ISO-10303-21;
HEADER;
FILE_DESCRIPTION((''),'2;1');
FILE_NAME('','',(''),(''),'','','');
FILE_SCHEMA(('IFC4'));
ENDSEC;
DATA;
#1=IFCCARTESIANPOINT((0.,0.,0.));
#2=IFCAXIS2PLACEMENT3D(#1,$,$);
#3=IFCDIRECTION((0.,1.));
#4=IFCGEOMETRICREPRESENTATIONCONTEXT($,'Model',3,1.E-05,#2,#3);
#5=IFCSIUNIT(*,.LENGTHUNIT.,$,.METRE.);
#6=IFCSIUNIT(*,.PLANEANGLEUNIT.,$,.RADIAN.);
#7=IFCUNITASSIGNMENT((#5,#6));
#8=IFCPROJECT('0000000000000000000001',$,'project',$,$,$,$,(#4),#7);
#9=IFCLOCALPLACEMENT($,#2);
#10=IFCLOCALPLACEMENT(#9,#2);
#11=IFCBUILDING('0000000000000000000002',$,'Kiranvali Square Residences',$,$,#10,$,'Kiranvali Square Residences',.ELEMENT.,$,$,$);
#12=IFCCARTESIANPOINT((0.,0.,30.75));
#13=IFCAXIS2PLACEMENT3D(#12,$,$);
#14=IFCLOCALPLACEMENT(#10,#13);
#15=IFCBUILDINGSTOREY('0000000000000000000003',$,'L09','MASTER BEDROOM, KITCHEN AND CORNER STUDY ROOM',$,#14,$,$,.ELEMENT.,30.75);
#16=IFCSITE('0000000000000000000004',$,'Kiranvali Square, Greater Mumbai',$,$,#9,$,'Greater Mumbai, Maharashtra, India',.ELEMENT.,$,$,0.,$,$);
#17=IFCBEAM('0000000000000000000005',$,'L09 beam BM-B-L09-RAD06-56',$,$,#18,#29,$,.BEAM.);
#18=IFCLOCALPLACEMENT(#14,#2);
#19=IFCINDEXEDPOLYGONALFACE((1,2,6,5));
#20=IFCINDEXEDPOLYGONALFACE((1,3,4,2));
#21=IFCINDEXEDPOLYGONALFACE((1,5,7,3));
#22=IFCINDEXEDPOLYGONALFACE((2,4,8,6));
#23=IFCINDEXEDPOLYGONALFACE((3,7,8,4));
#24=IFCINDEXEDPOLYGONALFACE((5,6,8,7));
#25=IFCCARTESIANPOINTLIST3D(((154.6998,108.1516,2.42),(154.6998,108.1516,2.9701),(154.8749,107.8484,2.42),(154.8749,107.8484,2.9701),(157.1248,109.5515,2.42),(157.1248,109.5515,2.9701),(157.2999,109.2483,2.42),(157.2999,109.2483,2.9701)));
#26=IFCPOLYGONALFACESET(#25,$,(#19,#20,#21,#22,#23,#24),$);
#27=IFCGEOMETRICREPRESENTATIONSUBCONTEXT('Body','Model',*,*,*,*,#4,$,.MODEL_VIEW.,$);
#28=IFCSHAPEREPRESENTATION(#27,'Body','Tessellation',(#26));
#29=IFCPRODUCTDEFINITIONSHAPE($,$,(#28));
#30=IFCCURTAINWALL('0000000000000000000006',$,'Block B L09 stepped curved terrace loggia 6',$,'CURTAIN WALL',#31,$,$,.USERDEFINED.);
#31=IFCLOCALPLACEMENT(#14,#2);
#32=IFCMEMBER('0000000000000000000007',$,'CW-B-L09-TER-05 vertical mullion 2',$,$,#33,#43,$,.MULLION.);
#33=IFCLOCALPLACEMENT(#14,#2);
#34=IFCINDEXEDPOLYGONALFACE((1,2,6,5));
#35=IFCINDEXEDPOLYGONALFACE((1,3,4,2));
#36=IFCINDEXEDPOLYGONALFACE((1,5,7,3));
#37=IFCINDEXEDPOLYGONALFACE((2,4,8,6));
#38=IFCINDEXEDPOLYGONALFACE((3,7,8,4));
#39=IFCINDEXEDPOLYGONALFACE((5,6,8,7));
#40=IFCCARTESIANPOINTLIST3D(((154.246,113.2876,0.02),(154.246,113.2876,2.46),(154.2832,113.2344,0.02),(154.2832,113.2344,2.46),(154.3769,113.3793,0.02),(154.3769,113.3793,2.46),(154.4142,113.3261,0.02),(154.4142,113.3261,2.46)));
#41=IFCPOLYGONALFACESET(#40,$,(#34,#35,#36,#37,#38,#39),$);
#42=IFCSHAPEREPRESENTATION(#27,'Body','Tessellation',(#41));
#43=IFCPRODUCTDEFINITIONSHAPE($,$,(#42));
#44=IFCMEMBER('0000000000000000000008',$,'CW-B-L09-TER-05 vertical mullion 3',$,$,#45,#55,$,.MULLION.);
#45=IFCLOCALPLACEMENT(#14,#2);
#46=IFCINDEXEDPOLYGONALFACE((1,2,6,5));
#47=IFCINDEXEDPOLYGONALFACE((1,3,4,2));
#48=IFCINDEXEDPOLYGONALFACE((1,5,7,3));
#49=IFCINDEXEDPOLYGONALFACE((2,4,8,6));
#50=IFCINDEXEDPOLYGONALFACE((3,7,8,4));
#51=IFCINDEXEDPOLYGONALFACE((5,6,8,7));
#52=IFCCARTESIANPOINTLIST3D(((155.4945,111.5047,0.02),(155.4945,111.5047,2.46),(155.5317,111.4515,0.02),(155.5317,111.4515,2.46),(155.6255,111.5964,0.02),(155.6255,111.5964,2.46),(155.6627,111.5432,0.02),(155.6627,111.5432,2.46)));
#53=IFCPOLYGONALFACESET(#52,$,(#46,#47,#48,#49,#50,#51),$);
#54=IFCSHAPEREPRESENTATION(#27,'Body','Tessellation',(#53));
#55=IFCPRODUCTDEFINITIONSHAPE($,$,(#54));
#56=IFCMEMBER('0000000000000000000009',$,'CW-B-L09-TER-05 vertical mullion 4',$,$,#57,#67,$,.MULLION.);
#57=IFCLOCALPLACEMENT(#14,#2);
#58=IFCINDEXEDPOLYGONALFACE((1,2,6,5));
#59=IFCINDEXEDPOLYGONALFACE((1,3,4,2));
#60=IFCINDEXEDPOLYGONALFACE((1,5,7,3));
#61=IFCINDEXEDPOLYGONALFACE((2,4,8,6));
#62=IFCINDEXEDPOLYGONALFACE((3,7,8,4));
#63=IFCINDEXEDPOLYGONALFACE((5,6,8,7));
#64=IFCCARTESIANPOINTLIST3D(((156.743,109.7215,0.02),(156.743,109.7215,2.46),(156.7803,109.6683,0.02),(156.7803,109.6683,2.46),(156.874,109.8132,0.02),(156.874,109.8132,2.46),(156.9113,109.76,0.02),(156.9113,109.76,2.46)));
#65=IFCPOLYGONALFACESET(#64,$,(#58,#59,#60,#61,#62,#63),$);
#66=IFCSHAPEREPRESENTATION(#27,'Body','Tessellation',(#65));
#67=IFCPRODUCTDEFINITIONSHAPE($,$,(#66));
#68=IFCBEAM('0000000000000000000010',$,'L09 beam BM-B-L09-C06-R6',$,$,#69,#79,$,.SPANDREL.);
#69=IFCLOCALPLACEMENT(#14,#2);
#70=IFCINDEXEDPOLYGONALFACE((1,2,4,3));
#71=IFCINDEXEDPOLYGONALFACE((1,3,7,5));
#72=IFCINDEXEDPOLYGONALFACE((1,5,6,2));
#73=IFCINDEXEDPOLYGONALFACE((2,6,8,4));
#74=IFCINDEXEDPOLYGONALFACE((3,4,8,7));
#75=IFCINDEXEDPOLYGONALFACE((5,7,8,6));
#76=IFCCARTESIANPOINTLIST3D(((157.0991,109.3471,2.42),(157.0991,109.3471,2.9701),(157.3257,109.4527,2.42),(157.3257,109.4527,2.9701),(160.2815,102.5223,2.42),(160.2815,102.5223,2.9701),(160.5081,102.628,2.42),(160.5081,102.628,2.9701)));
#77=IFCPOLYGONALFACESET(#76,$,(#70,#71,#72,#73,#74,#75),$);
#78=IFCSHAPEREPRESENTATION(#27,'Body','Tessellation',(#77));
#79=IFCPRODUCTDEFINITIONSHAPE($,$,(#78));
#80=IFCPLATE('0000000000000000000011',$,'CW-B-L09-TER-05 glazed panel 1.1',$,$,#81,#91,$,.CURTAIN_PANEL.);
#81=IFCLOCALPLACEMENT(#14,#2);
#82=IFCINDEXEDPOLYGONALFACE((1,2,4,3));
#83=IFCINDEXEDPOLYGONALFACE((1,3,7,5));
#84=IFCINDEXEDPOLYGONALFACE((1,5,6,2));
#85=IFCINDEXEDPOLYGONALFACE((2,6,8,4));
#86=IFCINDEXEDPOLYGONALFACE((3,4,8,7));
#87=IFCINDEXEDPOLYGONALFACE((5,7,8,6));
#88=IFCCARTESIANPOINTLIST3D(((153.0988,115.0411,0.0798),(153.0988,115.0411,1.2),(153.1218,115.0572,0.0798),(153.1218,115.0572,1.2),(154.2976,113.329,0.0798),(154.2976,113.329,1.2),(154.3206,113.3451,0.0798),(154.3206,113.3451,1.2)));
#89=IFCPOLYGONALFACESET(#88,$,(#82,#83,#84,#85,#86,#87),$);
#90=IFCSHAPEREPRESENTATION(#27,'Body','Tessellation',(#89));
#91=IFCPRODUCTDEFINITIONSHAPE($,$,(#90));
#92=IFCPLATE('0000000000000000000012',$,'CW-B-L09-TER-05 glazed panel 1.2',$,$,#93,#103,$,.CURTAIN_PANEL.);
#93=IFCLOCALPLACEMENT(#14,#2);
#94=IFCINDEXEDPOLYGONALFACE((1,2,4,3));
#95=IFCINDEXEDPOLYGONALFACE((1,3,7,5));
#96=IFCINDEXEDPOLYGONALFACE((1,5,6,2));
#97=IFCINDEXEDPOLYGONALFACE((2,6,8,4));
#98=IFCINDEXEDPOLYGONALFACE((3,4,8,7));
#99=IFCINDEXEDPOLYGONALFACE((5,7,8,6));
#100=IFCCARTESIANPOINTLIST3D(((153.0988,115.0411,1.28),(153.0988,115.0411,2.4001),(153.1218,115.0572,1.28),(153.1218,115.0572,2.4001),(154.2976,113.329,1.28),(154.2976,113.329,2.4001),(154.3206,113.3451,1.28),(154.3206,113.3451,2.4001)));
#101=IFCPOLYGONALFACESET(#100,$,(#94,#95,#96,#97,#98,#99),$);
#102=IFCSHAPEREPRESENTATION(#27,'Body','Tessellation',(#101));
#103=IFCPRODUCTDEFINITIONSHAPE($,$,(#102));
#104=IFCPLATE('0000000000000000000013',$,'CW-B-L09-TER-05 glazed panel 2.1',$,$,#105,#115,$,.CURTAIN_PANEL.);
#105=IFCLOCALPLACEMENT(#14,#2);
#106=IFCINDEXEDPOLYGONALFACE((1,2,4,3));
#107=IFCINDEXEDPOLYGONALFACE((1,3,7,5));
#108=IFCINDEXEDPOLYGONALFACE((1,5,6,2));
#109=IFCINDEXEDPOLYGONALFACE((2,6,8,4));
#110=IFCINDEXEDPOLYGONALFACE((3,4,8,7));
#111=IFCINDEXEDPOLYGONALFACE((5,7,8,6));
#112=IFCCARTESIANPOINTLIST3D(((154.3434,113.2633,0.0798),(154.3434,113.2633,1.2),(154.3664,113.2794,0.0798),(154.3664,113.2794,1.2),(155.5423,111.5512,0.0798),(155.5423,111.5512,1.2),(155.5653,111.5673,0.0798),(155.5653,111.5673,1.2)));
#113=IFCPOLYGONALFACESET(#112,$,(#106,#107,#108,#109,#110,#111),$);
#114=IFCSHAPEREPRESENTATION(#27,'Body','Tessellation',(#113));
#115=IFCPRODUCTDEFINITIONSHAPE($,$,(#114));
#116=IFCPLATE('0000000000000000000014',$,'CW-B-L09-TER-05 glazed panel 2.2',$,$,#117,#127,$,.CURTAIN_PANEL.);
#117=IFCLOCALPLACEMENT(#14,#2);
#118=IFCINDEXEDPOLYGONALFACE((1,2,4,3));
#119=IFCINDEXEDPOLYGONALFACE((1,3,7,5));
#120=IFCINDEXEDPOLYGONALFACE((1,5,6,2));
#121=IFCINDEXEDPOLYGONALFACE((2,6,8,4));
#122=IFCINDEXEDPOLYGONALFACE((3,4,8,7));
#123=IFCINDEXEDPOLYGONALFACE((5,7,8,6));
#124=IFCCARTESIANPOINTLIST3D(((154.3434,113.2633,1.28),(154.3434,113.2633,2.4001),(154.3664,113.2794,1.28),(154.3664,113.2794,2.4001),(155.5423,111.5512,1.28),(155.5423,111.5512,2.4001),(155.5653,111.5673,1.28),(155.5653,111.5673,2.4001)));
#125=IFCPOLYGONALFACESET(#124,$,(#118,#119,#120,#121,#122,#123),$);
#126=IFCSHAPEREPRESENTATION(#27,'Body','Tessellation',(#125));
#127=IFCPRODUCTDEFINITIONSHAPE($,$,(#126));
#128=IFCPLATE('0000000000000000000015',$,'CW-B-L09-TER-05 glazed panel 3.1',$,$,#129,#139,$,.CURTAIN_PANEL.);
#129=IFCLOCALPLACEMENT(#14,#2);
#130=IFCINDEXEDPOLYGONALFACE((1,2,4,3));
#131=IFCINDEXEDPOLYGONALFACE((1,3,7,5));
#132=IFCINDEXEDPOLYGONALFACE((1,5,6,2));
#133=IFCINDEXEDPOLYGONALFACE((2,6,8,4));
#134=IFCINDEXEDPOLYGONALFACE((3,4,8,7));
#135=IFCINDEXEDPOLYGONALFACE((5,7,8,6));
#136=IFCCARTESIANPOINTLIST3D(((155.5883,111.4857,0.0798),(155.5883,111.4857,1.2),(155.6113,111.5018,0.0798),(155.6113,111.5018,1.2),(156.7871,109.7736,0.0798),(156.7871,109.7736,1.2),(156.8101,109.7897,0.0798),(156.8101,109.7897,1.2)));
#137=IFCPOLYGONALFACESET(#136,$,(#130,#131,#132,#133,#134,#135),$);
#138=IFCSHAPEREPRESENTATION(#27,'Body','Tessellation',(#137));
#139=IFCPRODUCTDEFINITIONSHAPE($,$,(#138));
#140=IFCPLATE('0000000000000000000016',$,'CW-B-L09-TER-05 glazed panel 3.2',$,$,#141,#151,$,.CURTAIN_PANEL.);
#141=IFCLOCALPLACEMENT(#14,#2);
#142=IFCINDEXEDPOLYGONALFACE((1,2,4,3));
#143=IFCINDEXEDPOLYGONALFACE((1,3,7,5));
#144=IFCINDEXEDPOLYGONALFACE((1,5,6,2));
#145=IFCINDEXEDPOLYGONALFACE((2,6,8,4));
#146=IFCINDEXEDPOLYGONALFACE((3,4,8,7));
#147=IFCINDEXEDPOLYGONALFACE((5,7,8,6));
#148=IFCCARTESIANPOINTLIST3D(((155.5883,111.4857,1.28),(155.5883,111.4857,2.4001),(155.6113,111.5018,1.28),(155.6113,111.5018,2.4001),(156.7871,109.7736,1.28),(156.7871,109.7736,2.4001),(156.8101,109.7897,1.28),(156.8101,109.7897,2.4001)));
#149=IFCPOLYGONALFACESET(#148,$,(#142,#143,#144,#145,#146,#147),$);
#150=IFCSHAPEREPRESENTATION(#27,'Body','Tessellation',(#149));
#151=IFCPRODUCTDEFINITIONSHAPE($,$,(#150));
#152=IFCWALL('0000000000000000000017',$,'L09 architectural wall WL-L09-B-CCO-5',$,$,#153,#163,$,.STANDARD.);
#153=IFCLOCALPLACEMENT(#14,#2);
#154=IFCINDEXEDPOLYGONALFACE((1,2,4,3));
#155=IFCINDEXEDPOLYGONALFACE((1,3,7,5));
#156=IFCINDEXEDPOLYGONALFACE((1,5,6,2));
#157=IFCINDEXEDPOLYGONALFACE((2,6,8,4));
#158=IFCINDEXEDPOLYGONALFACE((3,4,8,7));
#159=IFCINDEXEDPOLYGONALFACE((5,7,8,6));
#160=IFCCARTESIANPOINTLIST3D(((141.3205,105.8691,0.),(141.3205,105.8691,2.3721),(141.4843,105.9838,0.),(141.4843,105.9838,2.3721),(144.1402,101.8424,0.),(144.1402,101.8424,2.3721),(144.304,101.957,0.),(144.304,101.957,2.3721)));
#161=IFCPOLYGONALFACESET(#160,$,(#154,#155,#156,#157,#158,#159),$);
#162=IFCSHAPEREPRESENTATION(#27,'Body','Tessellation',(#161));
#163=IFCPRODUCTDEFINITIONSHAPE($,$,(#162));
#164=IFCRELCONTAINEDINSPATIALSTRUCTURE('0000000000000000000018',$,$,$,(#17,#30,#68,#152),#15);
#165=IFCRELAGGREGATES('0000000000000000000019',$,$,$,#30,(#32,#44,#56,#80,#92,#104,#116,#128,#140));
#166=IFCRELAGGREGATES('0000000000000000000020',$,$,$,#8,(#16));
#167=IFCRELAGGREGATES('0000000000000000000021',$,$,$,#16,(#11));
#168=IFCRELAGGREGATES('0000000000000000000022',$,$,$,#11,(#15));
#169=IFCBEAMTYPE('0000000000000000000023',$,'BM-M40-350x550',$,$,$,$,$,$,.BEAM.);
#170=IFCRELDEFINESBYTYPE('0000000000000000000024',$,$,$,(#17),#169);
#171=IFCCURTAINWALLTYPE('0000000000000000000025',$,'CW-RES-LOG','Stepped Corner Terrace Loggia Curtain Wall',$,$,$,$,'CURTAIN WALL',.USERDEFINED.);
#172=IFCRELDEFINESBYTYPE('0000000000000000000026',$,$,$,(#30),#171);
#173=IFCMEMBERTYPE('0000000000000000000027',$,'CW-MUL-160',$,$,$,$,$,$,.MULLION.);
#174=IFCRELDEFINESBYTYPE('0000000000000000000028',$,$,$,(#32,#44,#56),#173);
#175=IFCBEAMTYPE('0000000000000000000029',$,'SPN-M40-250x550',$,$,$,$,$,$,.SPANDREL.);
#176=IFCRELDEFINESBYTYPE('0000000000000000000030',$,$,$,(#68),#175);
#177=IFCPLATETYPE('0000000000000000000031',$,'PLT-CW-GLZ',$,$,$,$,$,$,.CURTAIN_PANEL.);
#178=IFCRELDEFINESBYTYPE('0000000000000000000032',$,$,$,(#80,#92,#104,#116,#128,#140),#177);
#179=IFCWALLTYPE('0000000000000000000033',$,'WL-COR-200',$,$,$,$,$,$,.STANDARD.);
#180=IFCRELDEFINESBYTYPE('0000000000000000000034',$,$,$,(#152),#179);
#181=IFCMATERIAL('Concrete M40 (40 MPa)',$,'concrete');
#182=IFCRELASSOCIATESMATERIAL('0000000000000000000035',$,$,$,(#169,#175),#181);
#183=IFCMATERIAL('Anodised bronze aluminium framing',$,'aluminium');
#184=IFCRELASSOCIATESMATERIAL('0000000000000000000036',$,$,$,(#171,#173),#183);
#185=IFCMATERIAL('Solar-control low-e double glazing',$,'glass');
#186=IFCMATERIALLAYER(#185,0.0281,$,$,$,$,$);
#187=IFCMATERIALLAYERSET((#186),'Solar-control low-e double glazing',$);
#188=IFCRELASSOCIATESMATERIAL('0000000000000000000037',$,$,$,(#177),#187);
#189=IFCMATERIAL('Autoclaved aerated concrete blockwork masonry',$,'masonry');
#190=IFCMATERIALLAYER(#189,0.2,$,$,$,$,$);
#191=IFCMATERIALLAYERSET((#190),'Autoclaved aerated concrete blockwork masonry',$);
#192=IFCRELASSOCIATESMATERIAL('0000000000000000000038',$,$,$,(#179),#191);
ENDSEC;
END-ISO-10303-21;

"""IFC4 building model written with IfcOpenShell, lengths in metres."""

from ifc_helpers import new_model, si_unit, direction, frame, frame_2d, origin, origin_2d, place, context, subcontext, project, spatial, rectangle, extrude, material, layer, layer_set, material_profile, profile_set, type_object, element, aggregate, save


model = new_model("IFC4")

# Units and contexts
model_context = context("Model", 3, precision=1e-05, world=origin(), true_north=direction((0.0, 1.0)))
body_context = subcontext(model_context, "Body", "Model", "MODEL_VIEW")
ifc_project = project(units=[si_unit("LENGTHUNIT", "METRE"), si_unit("PLANEANGLEUNIT", "RADIAN")], contexts=[model_context])

# Site, building, storey
site_placement = place(None, origin())
site = spatial("IfcSite", under=ifc_project, at=site_placement, Name="Kiranvali Square, Greater Mumbai", LongName="Greater Mumbai, Maharashtra, India", CompositionType="ELEMENT", RefElevation=0.0)
building_placement = place(site_placement, origin())
building = spatial("IfcBuilding", under=site, at=building_placement, Name="Kiranvali Square Residences", LongName="Kiranvali Square Residences", CompositionType="ELEMENT")
storey_placement = place(building_placement, frame((0.0, 0.0, 30.75)))
storey = spatial("IfcBuildingStorey", under=building, at=storey_placement, Name="L09", Description="MASTER BEDROOM, KITCHEN AND CORNER STUDY ROOM", CompositionType="ELEMENT", Elevation=30.75)

# Shared definitions
ifc_material_1 = material(Name="Concrete M40 (40 MPa)", Category="concrete")

# Beam
ifc_material_profile_1 = material_profile(ifc_material_1, rectangle(XDim=0.3501, YDim=0.55, at=origin_2d()), Name="RC 350x550")
ifc_profile_set_1 = profile_set([ifc_material_profile_1], Name="Concrete M40 (40 MPa)")
beam_type_1 = type_object("IfcBeamType", Name="BM-M40-350x550", PredefinedType="BEAM", material=ifc_profile_set_1)
beam_1_placement = place(storey_placement, frame((154.7874, 108.0, 2.6951), z_axis=(0.866056, 0.499946, 0.0), x_axis=(-0.499946, 0.866056, 0.0)))
element("IfcBeam", 1, at=beam_1_placement, inside=storey, type_object=beam_type_1, Name="L09 beam BM-B-L09-RAD06-56", PredefinedType="BEAM", context=body_context, shape_type="SweptSolid", body=[
    extrude(rectangle(XDim=0.3501, YDim=0.55, at=origin_2d()), origin(), (0.0, 0.0, 1.0), 2.8),
])

# Curtain wall, members
ifc_material_2 = material(Name="Anodised bronze aluminium framing", Category="aluminium")
curtain_wall_type = type_object("IfcCurtainWallType", Name="CW-RES-LOG", Description="Stepped Corner Terrace Loggia Curtain Wall", ElementType="CURTAIN WALL", PredefinedType="USERDEFINED", material=ifc_material_2)
curtain_wall_placement = place(storey_placement, origin())
curtain_wall = element("IfcCurtainWall", 2, at=curtain_wall_placement, inside=storey, type_object=curtain_wall_type, Name="Block B L09 stepped curved terrace loggia 6", ObjectType="CURTAIN WALL", PredefinedType="USERDEFINED")
ifc_material_profile_2 = material_profile(ifc_material_2, rectangle(XDim=0.0649, YDim=0.1599, at=origin_2d()), Name="ALU 65x160")
ifc_profile_set_2 = profile_set([ifc_material_profile_2], Name="Anodised bronze aluminium framing")
member_type = type_object("IfcMemberType", Name="CW-MUL-160", PredefinedType="MULLION", material=ifc_profile_set_2)
member_1_placement = place(storey_placement, frame((154.3301, 113.3069, 0.02), z_axis=(0.0, 0.0, 1.0), x_axis=(0.573576, -0.819152, 0.0)))
member_1 = element("IfcMember", 3, at=member_1_placement, type_object=member_type, Name="CW-B-L09-TER-05 vertical mullion 2", PredefinedType="MULLION", context=body_context, shape_type="SweptSolid", body=[
    extrude(rectangle(XDim=0.0649, YDim=0.1599, at=origin_2d()), origin(), (0.0, 0.0, 1.0), 2.4399),
])
member_2_placement = place(storey_placement, frame((155.5786, 111.5239, 0.02), z_axis=(0.0, 0.0, 1.0), x_axis=(0.573576, -0.819152, 0.0)))
member_2 = element("IfcMember", 4, at=member_2_placement, type_object=member_type, Name="CW-B-L09-TER-05 vertical mullion 3", PredefinedType="MULLION", context=body_context, shape_type="SweptSolid", body=[
    extrude(rectangle(XDim=0.0649, YDim=0.1599, at=origin_2d()), origin(), (0.0, 0.0, 1.0), 2.4399),
])
member_3_placement = place(storey_placement, frame((156.8271, 109.7407, 0.02), z_axis=(0.0, 0.0, 1.0), x_axis=(0.573576, -0.819152, 0.0)))
member_3 = element("IfcMember", 5, at=member_3_placement, type_object=member_type, Name="CW-B-L09-TER-05 vertical mullion 4", PredefinedType="MULLION", context=body_context, shape_type="SweptSolid", body=[
    extrude(rectangle(XDim=0.0649, YDim=0.1599, at=origin_2d()), origin(), (0.0, 0.0, 1.0), 2.4399),
])

# Beam
ifc_material_profile_3 = material_profile(ifc_material_1, rectangle(XDim=0.25, YDim=0.55, at=origin_2d()), Name="RC 250x550")
ifc_profile_set_3 = profile_set([ifc_material_profile_3], Name="Concrete M40 (40 MPa)")
beam_type_2 = type_object("IfcBeamType", Name="SPN-M40-250x550", PredefinedType="SPANDREL", material=ifc_profile_set_3)
beam_2_placement = place(storey_placement, frame((157.2124, 109.3999, 2.6951), z_axis=(0.422614, -0.90631, 0.0), x_axis=(0.90631, 0.422614, 0.0)))
element("IfcBeam", 6, at=beam_2_placement, inside=storey, type_object=beam_type_2, Name="L09 beam BM-B-L09-C06-R6", PredefinedType="SPANDREL", context=body_context, shape_type="SweptSolid", body=[
    extrude(rectangle(XDim=0.25, YDim=0.55, at=origin_2d()), origin(), (0.0, 0.0, 1.0), 7.5303),
])

# Plates
ifc_material_3 = material(Name="Solar-control low-e double glazing", Category="glass")
ifc_layer_1 = layer(ifc_material_3, 0.0281)
ifc_layer_set_1 = layer_set([ifc_layer_1], Name="Solar-control low-e double glazing")
plate_type = type_object("IfcPlateType", Name="PLT-CW-GLZ", PredefinedType="CURTAIN_PANEL", material=ifc_layer_set_1)
plate_1_placement = place(storey_placement, frame((153.7097, 114.1931, 0.0798), z_axis=(0.0, 0.0, 1.0), x_axis=(0.573576, -0.819152, 0.0)))
plate_1 = element("IfcPlate", 7, at=plate_1_placement, type_object=plate_type, Name="CW-B-L09-TER-05 glazed panel 1.1", PredefinedType="CURTAIN_PANEL", context=body_context, shape_type="SweptSolid", body=[
    extrude(rectangle(XDim=2.0901, YDim=0.0281, at=origin_2d()), origin(), (0.0, 0.0, 1.0), 1.1201),
])
plate_2_placement = place(storey_placement, frame((153.7097, 114.1931, 1.28), z_axis=(0.0, 0.0, 1.0), x_axis=(0.573576, -0.819152, 0.0)))
plate_2 = element("IfcPlate", 8, at=plate_2_placement, type_object=plate_type, Name="CW-B-L09-TER-05 glazed panel 1.2", PredefinedType="CURTAIN_PANEL", context=body_context, shape_type="SweptSolid", body=[
    extrude(rectangle(XDim=2.0901, YDim=0.0281, at=origin_2d()), origin(), (0.0, 0.0, 1.0), 1.1201),
])
plate_3_placement = place(storey_placement, frame((154.9543, 112.4153, 0.0798), z_axis=(0.0, 0.0, 1.0), x_axis=(0.573576, -0.819152, 0.0)))
plate_3 = element("IfcPlate", 9, at=plate_3_placement, type_object=plate_type, Name="CW-B-L09-TER-05 glazed panel 2.1", PredefinedType="CURTAIN_PANEL", context=body_context, shape_type="SweptSolid", body=[
    extrude(rectangle(XDim=2.0901, YDim=0.0281, at=origin_2d()), origin(), (0.0, 0.0, 1.0), 1.1201),
])
plate_4_placement = place(storey_placement, frame((154.9543, 112.4153, 1.28), z_axis=(0.0, 0.0, 1.0), x_axis=(0.573576, -0.819152, 0.0)))
plate_4 = element("IfcPlate", 10, at=plate_4_placement, type_object=plate_type, Name="CW-B-L09-TER-05 glazed panel 2.2", PredefinedType="CURTAIN_PANEL", context=body_context, shape_type="SweptSolid", body=[
    extrude(rectangle(XDim=2.0901, YDim=0.0281, at=origin_2d()), origin(), (0.0, 0.0, 1.0), 1.1201),
])
plate_5_placement = place(storey_placement, frame((156.1992, 110.6377, 0.0798), z_axis=(0.0, 0.0, 1.0), x_axis=(0.573576, -0.819152, 0.0)))
plate_5 = element("IfcPlate", 11, at=plate_5_placement, type_object=plate_type, Name="CW-B-L09-TER-05 glazed panel 3.1", PredefinedType="CURTAIN_PANEL", context=body_context, shape_type="SweptSolid", body=[
    extrude(rectangle(XDim=2.0901, YDim=0.0281, at=origin_2d()), origin(), (0.0, 0.0, 1.0), 1.1201),
])
plate_6_placement = place(storey_placement, frame((156.1992, 110.6377, 1.28), z_axis=(0.0, 0.0, 1.0), x_axis=(0.573576, -0.819152, 0.0)))
plate_6 = element("IfcPlate", 12, at=plate_6_placement, type_object=plate_type, Name="CW-B-L09-TER-05 glazed panel 3.2", PredefinedType="CURTAIN_PANEL", context=body_context, shape_type="SweptSolid", body=[
    extrude(rectangle(XDim=2.0901, YDim=0.0281, at=origin_2d()), origin(), (0.0, 0.0, 1.0), 1.1201),
])
aggregate(curtain_wall, [member_1, member_2, member_3, plate_1, plate_2, plate_3, plate_4, plate_5, plate_6])

# Wall
ifc_material_4 = material(Name="Autoclaved aerated concrete blockwork masonry", Category="masonry")
ifc_layer_2 = layer(ifc_material_4, 0.2)
ifc_layer_set_2 = layer_set([ifc_layer_2], Name="Autoclaved aerated concrete blockwork masonry")
wall_type_1 = type_object("IfcWallType", Name="WL-COR-200", PredefinedType="STANDARD", material=ifc_layer_set_2)
wall_1_placement = place(storey_placement, frame((141.4023, 105.9265, 0.0), z_axis=(0.0, 0.0, 1.0), x_axis=(0.573592, -0.819141, 0.0)))
element("IfcWall", 13, at=wall_1_placement, inside=storey, type_object=wall_type_1, Name="L09 architectural wall WL-L09-B-CCO-5", PredefinedType="STANDARD", context=body_context, shape_type="SweptSolid", body=[
    extrude(rectangle(XDim=4.9158, YDim=0.2, at=frame_2d((2.458, 0.0))), origin(), (0.0, 0.0, 1.0), 2.3721),
])

save(model, "model.ifc")
